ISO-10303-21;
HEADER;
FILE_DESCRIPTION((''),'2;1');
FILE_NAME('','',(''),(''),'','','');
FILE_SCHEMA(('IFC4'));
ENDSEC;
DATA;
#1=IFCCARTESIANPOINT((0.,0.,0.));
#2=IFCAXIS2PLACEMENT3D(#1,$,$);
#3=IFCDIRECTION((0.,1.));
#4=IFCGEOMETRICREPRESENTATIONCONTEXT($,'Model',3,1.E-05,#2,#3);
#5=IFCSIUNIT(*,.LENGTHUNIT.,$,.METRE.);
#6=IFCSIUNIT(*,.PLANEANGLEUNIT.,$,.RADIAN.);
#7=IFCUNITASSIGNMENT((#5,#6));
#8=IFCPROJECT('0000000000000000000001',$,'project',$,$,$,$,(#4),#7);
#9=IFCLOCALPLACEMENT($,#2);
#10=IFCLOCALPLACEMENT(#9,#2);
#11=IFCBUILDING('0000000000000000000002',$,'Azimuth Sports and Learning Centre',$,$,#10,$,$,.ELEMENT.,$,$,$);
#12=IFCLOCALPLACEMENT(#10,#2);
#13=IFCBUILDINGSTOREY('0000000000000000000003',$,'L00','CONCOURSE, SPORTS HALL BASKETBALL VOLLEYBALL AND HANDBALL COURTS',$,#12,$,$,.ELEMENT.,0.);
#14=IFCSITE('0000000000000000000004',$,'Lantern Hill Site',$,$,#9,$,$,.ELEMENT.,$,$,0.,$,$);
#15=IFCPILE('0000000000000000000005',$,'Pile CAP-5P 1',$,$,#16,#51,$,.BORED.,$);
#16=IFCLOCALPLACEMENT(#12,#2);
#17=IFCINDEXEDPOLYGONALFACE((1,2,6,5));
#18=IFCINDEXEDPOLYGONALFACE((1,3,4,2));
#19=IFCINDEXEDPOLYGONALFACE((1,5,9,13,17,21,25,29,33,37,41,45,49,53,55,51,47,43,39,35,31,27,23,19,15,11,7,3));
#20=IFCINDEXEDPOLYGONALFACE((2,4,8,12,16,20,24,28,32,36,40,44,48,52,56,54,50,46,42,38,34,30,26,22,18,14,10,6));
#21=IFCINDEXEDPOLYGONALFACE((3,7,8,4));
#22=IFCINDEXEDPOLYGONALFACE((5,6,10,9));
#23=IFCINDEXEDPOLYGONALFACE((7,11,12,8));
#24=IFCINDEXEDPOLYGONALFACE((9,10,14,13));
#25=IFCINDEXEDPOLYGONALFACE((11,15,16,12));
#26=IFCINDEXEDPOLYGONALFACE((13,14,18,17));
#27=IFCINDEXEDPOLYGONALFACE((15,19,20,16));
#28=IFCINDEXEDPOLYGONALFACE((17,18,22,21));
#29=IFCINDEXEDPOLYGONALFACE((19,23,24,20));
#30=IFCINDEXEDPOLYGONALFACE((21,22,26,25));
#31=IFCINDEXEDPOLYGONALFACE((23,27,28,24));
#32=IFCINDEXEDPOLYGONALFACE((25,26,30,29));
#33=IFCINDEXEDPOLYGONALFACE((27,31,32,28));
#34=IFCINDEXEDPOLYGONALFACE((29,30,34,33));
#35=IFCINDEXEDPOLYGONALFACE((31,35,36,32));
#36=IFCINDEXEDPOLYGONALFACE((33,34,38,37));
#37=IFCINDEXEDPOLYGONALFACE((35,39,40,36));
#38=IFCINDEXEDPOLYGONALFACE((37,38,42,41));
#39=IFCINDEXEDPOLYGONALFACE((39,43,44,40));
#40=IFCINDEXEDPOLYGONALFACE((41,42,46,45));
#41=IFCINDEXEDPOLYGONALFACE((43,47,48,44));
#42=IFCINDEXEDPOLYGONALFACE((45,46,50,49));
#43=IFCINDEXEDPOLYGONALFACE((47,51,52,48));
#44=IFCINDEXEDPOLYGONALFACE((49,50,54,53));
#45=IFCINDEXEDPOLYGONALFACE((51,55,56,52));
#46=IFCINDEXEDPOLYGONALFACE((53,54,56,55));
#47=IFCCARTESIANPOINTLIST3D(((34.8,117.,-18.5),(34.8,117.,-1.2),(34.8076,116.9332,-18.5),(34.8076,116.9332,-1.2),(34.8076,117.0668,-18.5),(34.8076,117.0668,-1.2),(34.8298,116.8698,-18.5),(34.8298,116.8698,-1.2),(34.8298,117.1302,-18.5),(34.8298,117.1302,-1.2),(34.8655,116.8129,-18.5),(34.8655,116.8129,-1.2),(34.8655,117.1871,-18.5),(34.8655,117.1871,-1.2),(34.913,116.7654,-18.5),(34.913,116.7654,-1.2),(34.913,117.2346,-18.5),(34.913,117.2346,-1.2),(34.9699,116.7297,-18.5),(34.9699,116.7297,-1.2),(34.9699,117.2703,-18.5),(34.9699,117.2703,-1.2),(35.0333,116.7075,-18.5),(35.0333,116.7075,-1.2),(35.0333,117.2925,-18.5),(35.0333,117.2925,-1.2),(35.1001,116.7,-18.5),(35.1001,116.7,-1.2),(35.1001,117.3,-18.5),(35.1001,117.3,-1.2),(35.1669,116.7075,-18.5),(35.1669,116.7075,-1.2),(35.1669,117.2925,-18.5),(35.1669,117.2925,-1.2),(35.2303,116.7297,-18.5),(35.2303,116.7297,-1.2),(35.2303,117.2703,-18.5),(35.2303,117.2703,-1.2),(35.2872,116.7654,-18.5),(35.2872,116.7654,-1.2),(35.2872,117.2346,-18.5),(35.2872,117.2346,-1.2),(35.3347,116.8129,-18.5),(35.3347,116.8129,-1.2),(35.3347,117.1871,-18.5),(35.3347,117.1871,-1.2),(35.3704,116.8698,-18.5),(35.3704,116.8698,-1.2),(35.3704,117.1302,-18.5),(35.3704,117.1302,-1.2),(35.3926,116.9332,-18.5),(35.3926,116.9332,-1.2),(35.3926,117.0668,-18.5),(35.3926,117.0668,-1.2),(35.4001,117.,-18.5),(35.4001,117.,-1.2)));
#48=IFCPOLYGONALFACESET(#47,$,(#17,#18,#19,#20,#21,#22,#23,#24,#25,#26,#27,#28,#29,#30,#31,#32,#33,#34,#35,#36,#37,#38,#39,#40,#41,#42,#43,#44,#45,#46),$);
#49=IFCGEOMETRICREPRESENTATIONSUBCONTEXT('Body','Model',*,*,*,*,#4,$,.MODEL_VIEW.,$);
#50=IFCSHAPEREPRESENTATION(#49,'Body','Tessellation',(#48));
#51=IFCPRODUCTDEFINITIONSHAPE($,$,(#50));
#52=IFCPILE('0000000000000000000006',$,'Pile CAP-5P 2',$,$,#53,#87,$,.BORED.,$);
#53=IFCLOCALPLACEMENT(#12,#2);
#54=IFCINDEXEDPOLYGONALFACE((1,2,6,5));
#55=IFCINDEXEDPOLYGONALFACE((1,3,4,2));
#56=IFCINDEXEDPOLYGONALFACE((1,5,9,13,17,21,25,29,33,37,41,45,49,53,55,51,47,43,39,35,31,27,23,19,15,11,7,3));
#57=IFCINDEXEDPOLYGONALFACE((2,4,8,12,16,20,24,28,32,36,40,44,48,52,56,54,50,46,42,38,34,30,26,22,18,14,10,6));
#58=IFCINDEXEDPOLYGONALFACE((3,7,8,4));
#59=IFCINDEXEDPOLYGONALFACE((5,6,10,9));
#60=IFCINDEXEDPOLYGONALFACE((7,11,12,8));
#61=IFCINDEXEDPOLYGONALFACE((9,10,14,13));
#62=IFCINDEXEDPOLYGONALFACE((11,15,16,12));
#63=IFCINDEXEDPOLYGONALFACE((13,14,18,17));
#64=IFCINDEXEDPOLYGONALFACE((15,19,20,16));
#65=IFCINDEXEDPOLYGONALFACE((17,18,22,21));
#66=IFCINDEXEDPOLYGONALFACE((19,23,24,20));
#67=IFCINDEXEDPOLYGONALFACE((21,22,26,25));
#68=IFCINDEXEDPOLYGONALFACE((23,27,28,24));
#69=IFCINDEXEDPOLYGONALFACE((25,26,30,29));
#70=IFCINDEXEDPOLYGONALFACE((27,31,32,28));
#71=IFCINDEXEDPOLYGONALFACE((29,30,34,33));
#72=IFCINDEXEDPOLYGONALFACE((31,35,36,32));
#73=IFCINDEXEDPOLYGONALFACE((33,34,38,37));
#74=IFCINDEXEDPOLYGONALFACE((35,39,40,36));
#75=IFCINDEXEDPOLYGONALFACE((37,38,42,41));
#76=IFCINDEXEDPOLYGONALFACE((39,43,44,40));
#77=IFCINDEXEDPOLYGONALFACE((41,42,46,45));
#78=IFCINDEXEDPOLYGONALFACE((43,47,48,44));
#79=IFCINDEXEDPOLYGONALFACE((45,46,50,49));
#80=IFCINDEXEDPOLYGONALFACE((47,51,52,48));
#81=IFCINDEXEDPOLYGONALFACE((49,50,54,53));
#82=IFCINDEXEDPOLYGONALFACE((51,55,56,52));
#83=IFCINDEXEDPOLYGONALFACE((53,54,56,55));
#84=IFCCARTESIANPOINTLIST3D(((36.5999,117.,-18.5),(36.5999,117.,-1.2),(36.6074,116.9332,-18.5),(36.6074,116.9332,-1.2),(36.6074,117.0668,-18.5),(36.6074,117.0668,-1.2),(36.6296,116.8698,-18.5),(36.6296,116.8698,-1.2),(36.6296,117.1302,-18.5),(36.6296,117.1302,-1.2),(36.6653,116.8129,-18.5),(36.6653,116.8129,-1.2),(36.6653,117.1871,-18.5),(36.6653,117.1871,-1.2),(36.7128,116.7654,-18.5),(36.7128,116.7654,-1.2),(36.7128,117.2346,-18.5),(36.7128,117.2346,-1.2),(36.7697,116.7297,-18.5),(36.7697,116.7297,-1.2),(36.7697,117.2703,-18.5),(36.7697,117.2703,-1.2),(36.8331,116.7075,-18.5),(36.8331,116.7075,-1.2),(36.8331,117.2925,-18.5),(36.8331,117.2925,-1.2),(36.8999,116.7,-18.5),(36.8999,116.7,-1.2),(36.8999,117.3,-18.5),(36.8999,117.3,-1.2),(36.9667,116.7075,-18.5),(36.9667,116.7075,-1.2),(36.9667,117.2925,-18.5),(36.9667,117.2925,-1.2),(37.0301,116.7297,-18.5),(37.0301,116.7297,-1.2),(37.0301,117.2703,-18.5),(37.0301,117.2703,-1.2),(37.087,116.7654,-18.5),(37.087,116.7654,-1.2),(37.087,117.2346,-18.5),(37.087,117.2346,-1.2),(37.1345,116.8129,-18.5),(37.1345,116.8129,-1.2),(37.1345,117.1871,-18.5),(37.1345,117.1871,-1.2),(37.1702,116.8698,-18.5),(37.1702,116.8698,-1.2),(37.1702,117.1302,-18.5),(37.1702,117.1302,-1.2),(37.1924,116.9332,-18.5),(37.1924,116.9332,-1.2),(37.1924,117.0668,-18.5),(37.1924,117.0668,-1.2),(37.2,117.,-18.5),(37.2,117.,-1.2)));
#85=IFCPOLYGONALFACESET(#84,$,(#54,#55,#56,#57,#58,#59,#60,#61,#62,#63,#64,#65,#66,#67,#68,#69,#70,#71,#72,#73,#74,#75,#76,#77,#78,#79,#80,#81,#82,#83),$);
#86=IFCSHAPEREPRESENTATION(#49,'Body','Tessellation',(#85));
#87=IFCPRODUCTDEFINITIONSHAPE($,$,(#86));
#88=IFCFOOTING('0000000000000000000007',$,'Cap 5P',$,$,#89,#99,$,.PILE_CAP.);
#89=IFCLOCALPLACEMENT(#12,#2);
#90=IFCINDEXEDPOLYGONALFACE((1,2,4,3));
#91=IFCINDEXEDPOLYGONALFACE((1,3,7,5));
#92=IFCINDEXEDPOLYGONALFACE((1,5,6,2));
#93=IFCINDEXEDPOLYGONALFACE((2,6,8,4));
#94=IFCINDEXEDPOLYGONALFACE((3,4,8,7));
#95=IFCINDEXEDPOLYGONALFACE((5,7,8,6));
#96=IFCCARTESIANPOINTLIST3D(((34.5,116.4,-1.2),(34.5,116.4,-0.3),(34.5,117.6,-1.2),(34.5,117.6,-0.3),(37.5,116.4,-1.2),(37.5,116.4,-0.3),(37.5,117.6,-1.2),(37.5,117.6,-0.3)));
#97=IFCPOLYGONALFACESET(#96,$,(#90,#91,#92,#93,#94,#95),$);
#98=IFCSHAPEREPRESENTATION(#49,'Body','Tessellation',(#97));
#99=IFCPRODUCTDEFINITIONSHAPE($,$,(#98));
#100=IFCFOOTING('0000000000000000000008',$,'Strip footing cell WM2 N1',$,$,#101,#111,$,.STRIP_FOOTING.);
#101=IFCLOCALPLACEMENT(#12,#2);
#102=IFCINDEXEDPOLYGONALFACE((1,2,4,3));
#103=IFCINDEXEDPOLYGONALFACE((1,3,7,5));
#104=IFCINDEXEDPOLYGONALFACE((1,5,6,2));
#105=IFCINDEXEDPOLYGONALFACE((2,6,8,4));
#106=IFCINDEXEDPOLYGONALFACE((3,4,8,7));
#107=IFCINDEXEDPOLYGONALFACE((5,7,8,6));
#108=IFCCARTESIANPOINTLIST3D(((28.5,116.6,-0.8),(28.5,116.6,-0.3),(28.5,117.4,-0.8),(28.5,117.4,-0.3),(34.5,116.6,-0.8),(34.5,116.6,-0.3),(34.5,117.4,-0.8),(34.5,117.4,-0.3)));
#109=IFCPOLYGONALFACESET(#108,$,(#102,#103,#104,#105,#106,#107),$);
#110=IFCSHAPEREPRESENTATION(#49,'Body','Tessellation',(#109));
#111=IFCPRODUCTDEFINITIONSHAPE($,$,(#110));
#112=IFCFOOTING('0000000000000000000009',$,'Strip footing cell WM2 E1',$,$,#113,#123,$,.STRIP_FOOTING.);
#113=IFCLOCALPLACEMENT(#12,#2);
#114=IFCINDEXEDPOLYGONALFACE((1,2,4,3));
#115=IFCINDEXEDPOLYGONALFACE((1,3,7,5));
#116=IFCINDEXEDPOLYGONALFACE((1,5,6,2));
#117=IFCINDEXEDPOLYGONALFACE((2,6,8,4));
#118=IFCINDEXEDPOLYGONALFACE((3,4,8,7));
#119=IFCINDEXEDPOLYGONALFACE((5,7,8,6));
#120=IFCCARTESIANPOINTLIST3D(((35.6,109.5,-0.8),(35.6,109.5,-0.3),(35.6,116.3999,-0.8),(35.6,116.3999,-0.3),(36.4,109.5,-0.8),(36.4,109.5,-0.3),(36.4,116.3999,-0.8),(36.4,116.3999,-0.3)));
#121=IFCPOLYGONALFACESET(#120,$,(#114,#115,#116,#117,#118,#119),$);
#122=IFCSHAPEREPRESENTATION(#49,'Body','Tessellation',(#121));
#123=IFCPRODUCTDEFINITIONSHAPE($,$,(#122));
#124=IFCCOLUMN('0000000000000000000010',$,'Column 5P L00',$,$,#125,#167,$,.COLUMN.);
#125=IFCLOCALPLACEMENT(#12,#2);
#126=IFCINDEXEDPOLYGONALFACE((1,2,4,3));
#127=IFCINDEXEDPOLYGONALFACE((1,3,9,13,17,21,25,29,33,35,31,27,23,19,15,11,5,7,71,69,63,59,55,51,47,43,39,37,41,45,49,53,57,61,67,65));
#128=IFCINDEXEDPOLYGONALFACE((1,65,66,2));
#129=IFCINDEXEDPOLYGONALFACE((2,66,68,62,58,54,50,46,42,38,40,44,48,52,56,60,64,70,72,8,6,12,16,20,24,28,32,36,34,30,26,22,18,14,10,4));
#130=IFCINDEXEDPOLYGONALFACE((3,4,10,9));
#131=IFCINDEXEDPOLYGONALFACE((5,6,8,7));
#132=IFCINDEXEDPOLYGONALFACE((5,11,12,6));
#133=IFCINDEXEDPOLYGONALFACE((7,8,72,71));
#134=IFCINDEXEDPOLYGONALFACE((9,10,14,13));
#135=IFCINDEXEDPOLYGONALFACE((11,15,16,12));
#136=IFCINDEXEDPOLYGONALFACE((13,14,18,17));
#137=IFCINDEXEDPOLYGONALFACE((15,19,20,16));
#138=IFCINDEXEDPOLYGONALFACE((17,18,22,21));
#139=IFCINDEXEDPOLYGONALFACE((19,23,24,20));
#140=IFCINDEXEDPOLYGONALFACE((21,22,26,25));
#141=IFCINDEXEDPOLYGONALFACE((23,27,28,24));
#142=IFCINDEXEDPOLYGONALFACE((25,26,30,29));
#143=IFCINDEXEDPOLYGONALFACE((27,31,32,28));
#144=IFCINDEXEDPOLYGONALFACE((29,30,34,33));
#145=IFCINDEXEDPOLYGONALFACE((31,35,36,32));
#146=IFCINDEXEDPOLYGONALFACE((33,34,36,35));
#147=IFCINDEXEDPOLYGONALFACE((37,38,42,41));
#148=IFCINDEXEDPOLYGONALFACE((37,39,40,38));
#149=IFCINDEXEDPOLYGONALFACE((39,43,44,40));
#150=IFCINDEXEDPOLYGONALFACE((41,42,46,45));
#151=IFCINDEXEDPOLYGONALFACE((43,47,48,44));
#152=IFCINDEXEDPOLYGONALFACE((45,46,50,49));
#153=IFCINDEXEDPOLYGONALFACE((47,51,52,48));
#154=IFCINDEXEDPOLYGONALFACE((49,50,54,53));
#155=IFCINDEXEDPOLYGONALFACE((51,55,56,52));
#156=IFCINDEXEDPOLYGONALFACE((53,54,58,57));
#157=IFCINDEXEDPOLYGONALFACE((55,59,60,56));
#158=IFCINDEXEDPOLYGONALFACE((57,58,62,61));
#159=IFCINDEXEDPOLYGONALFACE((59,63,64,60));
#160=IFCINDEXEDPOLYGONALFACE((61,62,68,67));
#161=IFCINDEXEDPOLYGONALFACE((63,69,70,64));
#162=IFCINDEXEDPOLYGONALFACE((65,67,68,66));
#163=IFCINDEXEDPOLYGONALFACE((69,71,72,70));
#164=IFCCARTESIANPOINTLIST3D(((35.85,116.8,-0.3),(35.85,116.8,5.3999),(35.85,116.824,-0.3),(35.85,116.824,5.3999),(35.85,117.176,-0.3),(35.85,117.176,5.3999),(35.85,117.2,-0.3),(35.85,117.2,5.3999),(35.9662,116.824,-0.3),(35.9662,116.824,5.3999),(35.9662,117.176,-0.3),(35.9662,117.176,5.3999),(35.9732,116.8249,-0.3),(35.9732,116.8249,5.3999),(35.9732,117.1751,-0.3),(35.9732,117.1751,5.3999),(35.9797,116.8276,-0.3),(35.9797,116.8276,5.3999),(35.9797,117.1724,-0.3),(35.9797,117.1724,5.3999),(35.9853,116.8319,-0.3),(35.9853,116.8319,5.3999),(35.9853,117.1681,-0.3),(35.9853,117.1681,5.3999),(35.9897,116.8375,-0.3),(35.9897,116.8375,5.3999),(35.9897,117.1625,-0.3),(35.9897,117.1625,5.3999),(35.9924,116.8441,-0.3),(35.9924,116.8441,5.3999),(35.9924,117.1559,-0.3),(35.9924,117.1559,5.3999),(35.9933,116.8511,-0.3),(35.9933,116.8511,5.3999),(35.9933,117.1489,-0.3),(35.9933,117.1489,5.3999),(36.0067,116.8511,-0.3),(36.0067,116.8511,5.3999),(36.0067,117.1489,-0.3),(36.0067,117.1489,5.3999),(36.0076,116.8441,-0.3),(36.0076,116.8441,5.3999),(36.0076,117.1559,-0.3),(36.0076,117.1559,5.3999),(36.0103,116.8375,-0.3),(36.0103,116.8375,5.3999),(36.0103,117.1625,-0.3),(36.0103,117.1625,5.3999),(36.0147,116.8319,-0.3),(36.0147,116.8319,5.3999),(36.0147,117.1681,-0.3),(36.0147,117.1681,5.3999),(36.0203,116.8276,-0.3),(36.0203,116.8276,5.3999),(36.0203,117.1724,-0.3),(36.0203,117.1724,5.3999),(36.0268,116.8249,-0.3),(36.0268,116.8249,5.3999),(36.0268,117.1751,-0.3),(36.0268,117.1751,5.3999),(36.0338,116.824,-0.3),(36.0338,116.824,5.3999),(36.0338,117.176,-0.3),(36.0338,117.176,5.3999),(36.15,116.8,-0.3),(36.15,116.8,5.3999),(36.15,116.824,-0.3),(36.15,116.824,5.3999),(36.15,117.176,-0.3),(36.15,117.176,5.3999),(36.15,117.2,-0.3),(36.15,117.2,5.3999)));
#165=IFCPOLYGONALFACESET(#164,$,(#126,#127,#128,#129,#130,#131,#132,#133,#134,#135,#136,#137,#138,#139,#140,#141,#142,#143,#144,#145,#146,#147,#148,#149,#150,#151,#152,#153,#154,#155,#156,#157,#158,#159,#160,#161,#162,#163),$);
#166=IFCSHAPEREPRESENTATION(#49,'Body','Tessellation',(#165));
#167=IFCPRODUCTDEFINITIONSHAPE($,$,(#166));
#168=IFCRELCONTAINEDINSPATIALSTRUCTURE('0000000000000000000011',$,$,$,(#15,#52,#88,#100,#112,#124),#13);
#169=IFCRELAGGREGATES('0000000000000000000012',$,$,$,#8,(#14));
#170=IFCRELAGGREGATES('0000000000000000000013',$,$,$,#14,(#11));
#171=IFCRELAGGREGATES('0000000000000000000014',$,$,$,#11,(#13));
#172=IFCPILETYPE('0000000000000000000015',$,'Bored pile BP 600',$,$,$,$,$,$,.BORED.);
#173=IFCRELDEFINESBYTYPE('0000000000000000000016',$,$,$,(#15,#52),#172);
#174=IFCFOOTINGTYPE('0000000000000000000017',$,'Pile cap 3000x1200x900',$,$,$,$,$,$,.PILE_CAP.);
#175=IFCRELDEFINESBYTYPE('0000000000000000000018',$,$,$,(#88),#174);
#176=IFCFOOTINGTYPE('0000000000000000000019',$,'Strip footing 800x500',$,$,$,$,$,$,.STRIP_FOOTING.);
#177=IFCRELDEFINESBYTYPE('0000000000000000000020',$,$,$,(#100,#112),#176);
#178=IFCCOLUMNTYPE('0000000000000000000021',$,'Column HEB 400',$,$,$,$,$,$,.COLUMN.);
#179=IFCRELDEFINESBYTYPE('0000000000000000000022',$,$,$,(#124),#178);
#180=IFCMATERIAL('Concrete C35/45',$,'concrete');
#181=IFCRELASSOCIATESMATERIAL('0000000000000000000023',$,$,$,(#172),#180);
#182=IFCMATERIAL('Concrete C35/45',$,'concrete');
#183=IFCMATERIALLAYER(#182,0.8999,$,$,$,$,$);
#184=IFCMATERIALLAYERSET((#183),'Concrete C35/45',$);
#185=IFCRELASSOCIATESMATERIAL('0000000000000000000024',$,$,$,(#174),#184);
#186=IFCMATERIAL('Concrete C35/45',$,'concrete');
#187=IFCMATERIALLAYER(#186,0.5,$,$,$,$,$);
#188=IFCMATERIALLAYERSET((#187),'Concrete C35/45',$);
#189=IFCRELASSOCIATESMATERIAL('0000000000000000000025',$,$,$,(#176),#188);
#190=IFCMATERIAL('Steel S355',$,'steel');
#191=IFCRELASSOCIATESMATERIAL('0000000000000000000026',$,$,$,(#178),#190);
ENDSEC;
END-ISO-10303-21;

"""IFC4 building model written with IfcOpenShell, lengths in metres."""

from ifc_helpers import new_model, si_unit, direction, frame, origin, origin_2d, place, context, subcontext, project, spatial, rectangle, circle, i_section, extrude, material, layer, layer_set, material_profile, profile_set, type_object, element, save


model = new_model("IFC4")

# Units and contexts
model_context = context("Model", 3, precision=1e-05, world=origin(), true_north=direction((0.0, 1.0)))
body_context = subcontext(model_context, "Body", "Model", "MODEL_VIEW")
ifc_project = project(units=[si_unit("LENGTHUNIT", "METRE"), si_unit("PLANEANGLEUNIT", "RADIAN")], contexts=[model_context])

# Site, building, storey
site_placement = place(None, origin())
site = spatial("IfcSite", under=ifc_project, at=site_placement, Name="Lantern Hill Site", CompositionType="ELEMENT", RefElevation=0.0)
building_placement = place(site_placement, origin())
building = spatial("IfcBuilding", under=site, at=building_placement, Name="Azimuth Sports and Learning Centre", CompositionType="ELEMENT")
storey_placement = place(building_placement, origin())
storey = spatial("IfcBuildingStorey", under=building, at=storey_placement, Name="L00", Description="CONCOURSE, SPORTS HALL BASKETBALL VOLLEYBALL AND HANDBALL COURTS", CompositionType="ELEMENT", Elevation=0.0)

# Piles
ifc_material_1 = material(Name="Concrete C35/45", Category="concrete")
ifc_material_profile_1 = material_profile(ifc_material_1, circle(Radius=0.3, at=origin_2d()), Name="BP 600")
ifc_profile_set_1 = profile_set([ifc_material_profile_1], Name="Concrete C35/45")
pile_type = type_object("IfcPileType", Name="Bored pile BP 600", PredefinedType="BORED", material=ifc_profile_set_1)
for number, where, z_axis, x_axis, name in (
    (1, (35.1001, 117.0, -1.2), (0.0, 0.0, -1.0), (1.0, 0.0, 0.0), "Pile CAP-5P 1"),
    (2, (36.8999, 117.0, -1.2), (0.0, 0.0, -1.0), (1.0, 0.0, 0.0), "Pile CAP-5P 2"),
):
    element("IfcPile", number, at=place(storey_placement, frame(where, z_axis=z_axis, x_axis=x_axis)), inside=storey, type_object=pile_type, Name=name, PredefinedType="BORED", context=body_context, shape_type="SweptSolid", body=[
        extrude(circle(Radius=0.3, at=origin_2d()), origin(), (0.0, 0.0, 1.0), 17.3),
    ])

# Footings
ifc_material_2 = material(Name="Concrete C35/45", Category="concrete")
ifc_layer_1 = layer(ifc_material_2, 0.8999)
ifc_layer_set_1 = layer_set([ifc_layer_1], Name="Concrete C35/45")
footing_type_1 = type_object("IfcFootingType", Name="Pile cap 3000x1200x900", PredefinedType="PILE_CAP", material=ifc_layer_set_1)
footing_1_placement = place(storey_placement, frame((36.0, 117.0, -1.2), z_axis=(0.0, 0.0, 1.0), x_axis=(1.0, 0.0, 0.0)))
element("IfcFooting", 3, at=footing_1_placement, inside=storey, type_object=footing_type_1, Name="Cap 5P", PredefinedType="PILE_CAP", context=body_context, shape_type="SweptSolid", body=[
    extrude(rectangle(XDim=3.0, YDim=1.2, at=origin_2d()), origin(), (0.0, 0.0, 1.0), 0.8999),
])
ifc_material_3 = material(Name="Concrete C35/45", Category="concrete")
ifc_layer_2 = layer(ifc_material_3, 0.5)
ifc_layer_set_2 = layer_set([ifc_layer_2], Name="Concrete C35/45")
footing_type_2 = type_object("IfcFootingType", Name="Strip footing 800x500", PredefinedType="STRIP_FOOTING", material=ifc_layer_set_2)
footing_2_placement = place(storey_placement, frame((31.5, 117.0, -0.8), z_axis=(0.0, 0.0, 1.0), x_axis=(1.0, 0.0, 0.0)))
element("IfcFooting", 4, at=footing_2_placement, inside=storey, type_object=footing_type_2, Name="Strip footing cell WM2 N1", PredefinedType="STRIP_FOOTING", context=body_context, shape_type="SweptSolid", body=[
    extrude(rectangle(XDim=6.0, YDim=0.8, at=origin_2d()), origin(), (0.0, 0.0, 1.0), 0.5),
])
footing_3_placement = place(storey_placement, frame((36.0, 112.95, -0.8), z_axis=(0.0, 0.0, 1.0), x_axis=(1.0, 0.0, 0.0)))
element("IfcFooting", 5, at=footing_3_placement, inside=storey, type_object=footing_type_2, Name="Strip footing cell WM2 E1", PredefinedType="STRIP_FOOTING", context=body_context, shape_type="SweptSolid", body=[
    extrude(rectangle(XDim=0.8, YDim=6.8999, at=origin_2d()), origin(), (0.0, 0.0, 1.0), 0.5),
])

# Column
ifc_material_4 = material(Name="Steel S355", Category="steel")
ifc_material_profile_2 = material_profile(ifc_material_4, i_section(OverallWidth=0.3, OverallDepth=0.3999, WebThickness=0.0134, FlangeThickness=0.0239, FilletRadius=0.0271, at=origin_2d()), Name="HEB 400")
ifc_profile_set_2 = profile_set([ifc_material_profile_2], Name="Steel S355")
column_type = type_object("IfcColumnType", Name="Column HEB 400", PredefinedType="COLUMN", material=ifc_profile_set_2)
column_placement = place(storey_placement, frame((36.0, 117.0, -0.3), z_axis=(0.0, 0.0, 1.0), x_axis=(1.0, 0.0, 0.0)))
element("IfcColumn", 6, at=column_placement, inside=storey, type_object=column_type, Name="Column 5P L00", PredefinedType="COLUMN", context=body_context, shape_type="SweptSolid", body=[
    extrude(i_section(OverallWidth=0.3, OverallDepth=0.3999, WebThickness=0.0134, FlangeThickness=0.0239, FilletRadius=0.0271, at=origin_2d()), origin(), (0.0, 0.0, 1.0), 5.7),
])

save(model, "model.ifc")
